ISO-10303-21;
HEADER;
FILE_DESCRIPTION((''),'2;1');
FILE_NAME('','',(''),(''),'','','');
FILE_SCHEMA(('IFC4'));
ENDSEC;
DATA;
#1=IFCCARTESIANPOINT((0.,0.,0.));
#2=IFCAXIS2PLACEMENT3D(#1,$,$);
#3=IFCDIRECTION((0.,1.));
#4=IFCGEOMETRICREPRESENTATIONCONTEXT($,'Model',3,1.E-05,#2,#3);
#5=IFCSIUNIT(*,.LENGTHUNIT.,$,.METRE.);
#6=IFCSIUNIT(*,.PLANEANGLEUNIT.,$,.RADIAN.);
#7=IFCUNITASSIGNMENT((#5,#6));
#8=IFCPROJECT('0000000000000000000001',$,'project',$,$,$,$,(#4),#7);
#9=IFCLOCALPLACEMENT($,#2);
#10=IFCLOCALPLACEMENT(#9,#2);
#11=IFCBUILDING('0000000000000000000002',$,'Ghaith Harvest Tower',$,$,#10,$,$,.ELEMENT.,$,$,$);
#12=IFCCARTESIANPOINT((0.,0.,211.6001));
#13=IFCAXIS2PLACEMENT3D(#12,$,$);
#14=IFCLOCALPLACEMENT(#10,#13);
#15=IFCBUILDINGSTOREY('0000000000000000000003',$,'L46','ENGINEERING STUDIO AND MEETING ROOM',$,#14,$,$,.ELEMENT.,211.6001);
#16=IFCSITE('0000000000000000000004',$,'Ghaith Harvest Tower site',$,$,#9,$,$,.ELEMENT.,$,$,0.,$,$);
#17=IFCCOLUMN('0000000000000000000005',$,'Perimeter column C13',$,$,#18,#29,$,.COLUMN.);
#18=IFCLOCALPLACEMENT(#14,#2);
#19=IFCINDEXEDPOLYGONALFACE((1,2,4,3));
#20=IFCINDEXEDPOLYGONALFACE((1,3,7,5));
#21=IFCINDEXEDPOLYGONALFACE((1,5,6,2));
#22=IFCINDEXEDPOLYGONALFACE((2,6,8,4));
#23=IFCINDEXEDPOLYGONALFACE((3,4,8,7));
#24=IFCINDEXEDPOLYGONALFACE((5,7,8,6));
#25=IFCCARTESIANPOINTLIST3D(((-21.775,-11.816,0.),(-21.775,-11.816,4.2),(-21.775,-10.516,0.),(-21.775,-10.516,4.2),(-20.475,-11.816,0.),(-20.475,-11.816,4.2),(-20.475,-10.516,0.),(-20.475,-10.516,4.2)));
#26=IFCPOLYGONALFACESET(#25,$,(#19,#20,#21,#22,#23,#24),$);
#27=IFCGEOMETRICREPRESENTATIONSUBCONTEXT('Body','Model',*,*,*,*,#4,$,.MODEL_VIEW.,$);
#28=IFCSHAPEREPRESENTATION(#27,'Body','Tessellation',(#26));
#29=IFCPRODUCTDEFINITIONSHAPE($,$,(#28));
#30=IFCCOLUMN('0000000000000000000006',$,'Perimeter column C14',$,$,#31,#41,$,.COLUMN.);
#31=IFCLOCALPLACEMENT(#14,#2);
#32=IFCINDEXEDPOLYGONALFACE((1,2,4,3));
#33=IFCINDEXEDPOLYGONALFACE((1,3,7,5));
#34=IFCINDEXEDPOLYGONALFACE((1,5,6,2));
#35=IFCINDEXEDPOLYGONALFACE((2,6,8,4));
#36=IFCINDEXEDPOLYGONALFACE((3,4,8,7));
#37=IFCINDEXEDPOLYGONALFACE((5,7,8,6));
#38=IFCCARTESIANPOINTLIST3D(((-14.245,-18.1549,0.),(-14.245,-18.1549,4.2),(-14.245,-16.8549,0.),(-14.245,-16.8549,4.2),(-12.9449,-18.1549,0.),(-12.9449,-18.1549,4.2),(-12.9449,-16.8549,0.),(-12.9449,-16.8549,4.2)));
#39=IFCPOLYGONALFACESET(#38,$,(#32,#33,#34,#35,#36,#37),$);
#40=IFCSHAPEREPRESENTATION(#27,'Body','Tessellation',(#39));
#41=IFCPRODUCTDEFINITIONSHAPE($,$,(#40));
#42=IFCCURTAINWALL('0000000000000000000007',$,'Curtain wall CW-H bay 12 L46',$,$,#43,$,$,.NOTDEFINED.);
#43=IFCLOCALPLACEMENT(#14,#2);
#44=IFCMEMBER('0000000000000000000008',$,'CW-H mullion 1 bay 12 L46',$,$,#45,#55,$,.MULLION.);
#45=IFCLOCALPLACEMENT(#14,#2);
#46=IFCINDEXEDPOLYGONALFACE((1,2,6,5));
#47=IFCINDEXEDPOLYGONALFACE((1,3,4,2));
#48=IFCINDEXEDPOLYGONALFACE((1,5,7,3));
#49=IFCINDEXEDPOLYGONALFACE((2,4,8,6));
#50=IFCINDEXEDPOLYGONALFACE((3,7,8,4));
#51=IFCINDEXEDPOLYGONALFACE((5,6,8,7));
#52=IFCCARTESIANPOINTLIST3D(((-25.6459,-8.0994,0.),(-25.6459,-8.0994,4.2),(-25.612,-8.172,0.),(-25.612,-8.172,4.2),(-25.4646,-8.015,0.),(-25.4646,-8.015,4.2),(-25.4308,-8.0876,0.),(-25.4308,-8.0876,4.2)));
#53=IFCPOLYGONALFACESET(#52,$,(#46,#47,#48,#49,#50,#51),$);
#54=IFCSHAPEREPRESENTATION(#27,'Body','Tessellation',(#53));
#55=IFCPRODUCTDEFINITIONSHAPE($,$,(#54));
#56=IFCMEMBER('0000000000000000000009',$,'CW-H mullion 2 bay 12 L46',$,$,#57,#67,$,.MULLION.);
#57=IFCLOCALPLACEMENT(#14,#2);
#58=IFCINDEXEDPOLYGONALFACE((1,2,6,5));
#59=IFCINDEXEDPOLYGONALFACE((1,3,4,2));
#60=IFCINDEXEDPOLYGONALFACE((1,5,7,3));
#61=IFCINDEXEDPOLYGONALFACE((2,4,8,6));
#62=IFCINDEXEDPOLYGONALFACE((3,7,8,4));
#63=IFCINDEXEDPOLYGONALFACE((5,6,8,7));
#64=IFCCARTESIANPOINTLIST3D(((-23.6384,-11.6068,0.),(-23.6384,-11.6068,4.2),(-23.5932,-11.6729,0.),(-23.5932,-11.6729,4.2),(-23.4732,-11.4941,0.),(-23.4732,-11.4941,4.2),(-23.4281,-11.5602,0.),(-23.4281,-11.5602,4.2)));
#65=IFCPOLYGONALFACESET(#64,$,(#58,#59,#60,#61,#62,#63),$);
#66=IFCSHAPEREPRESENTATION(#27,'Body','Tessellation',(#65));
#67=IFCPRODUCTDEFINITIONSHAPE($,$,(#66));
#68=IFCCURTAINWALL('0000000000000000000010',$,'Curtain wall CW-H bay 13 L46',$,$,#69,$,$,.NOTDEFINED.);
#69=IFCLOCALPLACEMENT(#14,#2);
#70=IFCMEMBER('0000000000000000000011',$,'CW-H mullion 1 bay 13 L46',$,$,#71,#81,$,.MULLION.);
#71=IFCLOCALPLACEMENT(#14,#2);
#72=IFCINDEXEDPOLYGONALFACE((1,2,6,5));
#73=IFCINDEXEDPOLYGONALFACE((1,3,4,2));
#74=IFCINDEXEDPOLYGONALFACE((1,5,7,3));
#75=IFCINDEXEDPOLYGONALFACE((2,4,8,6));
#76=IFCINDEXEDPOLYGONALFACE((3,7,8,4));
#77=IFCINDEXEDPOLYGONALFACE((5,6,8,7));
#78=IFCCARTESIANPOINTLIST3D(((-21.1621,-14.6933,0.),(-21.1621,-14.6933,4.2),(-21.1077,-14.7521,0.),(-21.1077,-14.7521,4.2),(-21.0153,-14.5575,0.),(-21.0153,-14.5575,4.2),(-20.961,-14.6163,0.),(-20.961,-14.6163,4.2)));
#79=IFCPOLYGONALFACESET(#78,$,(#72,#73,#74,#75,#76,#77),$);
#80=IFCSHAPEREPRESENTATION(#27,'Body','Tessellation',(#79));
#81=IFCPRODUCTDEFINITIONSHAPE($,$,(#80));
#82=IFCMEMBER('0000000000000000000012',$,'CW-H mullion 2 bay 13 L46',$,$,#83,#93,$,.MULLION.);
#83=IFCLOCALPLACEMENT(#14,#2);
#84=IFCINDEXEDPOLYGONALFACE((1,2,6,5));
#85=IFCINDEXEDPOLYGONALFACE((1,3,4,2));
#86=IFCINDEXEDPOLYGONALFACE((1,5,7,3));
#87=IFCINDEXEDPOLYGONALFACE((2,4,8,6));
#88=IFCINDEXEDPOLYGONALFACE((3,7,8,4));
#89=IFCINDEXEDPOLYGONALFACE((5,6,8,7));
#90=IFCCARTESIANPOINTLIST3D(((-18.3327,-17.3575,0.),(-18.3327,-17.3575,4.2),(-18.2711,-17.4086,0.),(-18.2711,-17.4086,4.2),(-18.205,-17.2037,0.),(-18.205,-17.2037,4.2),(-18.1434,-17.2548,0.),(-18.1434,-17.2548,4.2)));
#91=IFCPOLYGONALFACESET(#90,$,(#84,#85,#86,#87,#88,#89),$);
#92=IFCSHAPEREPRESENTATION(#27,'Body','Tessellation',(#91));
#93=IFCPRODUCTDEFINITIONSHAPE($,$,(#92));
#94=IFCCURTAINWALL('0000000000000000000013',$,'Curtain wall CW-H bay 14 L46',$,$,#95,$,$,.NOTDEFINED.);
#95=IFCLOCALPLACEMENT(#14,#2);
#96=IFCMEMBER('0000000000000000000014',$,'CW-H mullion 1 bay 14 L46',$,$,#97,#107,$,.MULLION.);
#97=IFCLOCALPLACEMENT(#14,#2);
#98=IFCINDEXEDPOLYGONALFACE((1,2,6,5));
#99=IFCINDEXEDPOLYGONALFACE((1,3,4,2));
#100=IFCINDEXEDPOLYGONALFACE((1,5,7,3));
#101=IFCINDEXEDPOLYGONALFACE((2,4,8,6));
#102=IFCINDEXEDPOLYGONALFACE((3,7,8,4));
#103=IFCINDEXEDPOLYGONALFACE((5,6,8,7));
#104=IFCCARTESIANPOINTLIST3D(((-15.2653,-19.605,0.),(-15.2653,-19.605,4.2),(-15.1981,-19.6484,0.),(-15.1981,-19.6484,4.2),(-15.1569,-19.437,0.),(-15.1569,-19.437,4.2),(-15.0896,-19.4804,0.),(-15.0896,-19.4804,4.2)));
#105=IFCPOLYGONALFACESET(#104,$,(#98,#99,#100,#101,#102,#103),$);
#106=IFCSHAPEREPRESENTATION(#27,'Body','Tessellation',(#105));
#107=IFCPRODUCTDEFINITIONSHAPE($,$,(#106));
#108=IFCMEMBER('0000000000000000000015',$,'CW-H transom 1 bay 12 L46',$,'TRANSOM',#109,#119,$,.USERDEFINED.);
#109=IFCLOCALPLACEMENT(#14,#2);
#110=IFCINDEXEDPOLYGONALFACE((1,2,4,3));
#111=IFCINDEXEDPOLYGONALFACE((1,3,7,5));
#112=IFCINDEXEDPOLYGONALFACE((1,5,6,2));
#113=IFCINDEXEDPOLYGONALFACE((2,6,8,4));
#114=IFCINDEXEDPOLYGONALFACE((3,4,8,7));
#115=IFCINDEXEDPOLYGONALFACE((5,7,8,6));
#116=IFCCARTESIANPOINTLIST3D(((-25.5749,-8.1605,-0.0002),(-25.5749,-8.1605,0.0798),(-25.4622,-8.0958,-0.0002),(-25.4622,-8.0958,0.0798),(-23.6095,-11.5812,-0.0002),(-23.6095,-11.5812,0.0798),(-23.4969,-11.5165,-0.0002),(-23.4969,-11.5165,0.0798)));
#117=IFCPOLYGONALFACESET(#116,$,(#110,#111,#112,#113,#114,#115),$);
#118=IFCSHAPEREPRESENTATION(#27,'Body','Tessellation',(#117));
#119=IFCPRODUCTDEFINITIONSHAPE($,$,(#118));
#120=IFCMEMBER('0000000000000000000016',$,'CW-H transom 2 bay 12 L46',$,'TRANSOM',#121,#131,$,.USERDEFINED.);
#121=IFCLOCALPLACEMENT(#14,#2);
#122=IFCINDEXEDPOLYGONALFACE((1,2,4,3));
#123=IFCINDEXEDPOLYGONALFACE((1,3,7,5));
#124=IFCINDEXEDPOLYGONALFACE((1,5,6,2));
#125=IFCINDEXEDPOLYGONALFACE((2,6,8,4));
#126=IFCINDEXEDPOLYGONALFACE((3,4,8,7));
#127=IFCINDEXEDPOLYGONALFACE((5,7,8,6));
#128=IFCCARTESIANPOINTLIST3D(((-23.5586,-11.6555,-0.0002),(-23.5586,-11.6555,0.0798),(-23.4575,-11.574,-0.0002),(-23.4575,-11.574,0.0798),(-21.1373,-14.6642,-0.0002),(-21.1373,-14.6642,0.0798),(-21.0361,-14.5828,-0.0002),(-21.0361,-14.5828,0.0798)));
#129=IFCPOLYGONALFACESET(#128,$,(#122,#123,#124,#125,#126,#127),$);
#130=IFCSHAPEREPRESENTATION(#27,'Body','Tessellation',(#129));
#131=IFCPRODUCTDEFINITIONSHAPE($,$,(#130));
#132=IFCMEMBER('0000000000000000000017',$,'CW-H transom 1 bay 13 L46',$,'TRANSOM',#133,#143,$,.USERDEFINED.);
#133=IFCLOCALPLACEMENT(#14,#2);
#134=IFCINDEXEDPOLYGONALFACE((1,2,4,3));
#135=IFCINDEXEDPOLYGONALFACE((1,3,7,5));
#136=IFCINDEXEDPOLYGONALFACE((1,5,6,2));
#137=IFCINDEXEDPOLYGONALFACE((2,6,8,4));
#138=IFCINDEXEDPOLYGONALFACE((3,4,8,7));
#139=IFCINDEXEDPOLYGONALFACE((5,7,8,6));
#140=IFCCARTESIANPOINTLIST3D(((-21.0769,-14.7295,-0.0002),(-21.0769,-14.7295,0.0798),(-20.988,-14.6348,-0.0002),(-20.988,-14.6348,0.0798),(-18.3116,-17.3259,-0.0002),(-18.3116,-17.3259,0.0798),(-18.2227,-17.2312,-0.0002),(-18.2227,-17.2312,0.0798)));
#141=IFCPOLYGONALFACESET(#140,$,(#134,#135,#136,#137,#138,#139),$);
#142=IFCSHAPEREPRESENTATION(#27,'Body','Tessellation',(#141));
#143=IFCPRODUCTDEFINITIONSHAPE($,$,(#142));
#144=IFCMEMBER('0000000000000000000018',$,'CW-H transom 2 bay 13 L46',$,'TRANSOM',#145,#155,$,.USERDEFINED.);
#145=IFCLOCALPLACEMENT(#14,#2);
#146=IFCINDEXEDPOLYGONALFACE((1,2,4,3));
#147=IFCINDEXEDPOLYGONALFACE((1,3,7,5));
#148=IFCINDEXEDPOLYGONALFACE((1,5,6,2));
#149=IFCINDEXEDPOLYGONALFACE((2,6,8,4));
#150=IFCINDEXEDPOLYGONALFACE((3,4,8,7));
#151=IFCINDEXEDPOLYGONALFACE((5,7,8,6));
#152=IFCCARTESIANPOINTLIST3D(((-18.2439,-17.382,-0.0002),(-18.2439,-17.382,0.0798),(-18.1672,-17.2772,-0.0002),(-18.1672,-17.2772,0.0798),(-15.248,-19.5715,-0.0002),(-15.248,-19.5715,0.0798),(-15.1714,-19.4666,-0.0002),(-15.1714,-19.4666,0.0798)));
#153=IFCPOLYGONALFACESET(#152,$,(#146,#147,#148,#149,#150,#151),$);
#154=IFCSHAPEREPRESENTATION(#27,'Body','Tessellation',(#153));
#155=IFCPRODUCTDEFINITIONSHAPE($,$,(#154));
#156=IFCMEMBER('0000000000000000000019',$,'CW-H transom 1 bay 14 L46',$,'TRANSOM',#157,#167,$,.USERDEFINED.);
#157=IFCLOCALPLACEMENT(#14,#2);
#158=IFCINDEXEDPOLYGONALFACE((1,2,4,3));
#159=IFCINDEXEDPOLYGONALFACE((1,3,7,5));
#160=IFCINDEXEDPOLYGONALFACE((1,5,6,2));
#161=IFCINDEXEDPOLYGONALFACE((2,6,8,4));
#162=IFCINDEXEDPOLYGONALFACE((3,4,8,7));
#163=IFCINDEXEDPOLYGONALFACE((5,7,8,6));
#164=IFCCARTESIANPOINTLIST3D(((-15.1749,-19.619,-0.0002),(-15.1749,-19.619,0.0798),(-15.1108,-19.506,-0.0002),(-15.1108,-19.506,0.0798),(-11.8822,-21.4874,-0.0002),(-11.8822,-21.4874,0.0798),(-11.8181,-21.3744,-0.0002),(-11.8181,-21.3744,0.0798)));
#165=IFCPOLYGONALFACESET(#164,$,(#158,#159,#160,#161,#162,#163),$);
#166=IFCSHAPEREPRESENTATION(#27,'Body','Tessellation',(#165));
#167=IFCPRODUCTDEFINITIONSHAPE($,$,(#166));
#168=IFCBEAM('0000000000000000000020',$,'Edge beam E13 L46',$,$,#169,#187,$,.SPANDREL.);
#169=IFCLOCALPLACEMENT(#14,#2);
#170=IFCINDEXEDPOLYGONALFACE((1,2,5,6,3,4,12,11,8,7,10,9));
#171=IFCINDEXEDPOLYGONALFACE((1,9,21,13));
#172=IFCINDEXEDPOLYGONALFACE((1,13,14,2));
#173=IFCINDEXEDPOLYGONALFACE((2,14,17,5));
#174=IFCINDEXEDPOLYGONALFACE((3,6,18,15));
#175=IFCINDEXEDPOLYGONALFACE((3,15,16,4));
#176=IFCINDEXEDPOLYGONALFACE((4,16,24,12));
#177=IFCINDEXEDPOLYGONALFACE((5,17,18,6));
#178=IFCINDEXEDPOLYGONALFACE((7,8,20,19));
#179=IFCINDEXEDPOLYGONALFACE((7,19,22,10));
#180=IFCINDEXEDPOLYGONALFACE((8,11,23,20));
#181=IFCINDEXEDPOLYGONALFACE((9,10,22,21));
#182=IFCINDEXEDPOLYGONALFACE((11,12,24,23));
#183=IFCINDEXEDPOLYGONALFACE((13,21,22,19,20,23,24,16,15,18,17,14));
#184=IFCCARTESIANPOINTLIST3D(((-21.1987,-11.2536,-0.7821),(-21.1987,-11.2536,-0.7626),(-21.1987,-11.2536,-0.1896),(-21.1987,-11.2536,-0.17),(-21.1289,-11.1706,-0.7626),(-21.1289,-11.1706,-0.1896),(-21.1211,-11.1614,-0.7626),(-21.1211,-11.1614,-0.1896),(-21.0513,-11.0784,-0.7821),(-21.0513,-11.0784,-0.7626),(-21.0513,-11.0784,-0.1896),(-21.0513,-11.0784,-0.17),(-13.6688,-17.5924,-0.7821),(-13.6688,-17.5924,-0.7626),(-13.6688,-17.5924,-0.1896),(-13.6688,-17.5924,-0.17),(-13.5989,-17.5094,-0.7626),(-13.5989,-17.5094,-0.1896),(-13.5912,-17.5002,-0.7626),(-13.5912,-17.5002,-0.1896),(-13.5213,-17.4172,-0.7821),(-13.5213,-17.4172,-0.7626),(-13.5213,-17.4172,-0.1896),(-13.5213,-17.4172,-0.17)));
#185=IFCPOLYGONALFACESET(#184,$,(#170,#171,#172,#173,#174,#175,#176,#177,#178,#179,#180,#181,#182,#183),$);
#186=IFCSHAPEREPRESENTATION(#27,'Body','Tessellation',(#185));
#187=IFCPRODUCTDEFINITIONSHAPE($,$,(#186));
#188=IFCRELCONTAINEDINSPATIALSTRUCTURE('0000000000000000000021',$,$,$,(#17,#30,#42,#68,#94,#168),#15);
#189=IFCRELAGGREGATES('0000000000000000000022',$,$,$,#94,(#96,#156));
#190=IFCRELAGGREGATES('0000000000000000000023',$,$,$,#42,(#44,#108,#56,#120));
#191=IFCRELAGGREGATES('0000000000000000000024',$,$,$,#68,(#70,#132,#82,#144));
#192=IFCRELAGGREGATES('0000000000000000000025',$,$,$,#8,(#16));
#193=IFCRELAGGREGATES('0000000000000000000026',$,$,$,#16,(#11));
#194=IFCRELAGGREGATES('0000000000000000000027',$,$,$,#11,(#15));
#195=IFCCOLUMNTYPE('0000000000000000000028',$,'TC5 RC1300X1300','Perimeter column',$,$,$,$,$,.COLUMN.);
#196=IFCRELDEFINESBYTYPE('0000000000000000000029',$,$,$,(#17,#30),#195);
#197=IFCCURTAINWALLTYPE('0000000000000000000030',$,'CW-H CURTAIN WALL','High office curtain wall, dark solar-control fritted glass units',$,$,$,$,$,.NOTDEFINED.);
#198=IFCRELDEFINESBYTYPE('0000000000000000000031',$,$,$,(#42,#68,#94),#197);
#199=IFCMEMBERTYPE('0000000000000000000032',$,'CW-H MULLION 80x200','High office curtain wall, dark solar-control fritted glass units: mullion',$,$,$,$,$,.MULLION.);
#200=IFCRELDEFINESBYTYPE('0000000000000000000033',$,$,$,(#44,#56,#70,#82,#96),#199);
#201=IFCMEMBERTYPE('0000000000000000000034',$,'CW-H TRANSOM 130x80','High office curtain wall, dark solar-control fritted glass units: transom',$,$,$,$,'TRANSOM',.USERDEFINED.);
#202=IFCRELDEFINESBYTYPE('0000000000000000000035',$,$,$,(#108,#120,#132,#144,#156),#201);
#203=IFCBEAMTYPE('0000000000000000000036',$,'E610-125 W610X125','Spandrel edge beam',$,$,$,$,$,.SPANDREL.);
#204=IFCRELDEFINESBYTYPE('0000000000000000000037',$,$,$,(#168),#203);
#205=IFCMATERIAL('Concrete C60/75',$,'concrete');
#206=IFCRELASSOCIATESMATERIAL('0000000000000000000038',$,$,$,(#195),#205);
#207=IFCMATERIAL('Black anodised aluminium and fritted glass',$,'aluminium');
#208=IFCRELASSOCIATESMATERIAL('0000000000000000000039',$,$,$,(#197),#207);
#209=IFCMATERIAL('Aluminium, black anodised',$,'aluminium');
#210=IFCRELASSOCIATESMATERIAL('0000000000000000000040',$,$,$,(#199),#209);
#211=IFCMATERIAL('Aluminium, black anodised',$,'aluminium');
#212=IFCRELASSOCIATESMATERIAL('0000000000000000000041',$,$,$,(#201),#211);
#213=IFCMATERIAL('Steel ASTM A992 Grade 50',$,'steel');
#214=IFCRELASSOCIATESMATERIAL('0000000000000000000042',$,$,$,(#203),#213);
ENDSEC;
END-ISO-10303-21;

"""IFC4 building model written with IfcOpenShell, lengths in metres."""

from ifc_helpers import new_model, si_unit, direction, frame, origin, origin_2d, place, context, subcontext, project, spatial, rectangle, i_section, extrude, material, material_profile, profile_set, type_object, element, aggregate, save


model = new_model("IFC4")

# Units and contexts
model_context = context("Model", 3, precision=1e-05, world=origin(), true_north=direction((0.0, 1.0)))
body_context = subcontext(model_context, "Body", "Model", "MODEL_VIEW")
ifc_project = project(units=[si_unit("LENGTHUNIT", "METRE"), si_unit("PLANEANGLEUNIT", "RADIAN")], contexts=[model_context])

# Site, building, storey
site_placement = place(None, origin())
site = spatial("IfcSite", under=ifc_project, at=site_placement, Name="Ghaith Harvest Tower site", CompositionType="ELEMENT", RefElevation=0.0)
building_placement = place(site_placement, origin())
building = spatial("IfcBuilding", under=site, at=building_placement, Name="Ghaith Harvest Tower", CompositionType="ELEMENT")
storey_placement = place(building_placement, frame((0.0, 0.0, 211.6001)))
storey = spatial("IfcBuildingStorey", under=building, at=storey_placement, Name="L46", Description="ENGINEERING STUDIO AND MEETING ROOM", CompositionType="ELEMENT", Elevation=211.6001)

# Columns
ifc_material_1 = material(Name="Concrete C60/75", Category="concrete")
ifc_material_profile_1 = material_profile(ifc_material_1, rectangle(XDim=1.3, YDim=1.3, at=origin_2d()), Name="RC1300X1300")
ifc_profile_set_1 = profile_set([ifc_material_profile_1], Name="Concrete C60/75")
column_type = type_object("IfcColumnType", Name="TC5 RC1300X1300", Description="Perimeter column", PredefinedType="COLUMN", material=ifc_profile_set_1)
for number, where, z_axis, x_axis, name in (
    (1, (-21.125, -11.166, 0.0), (0.0, 0.0, 1.0), (1.0, 0.0, 0.0), "Perimeter column C13"),
    (2, (-13.595, -17.5049, 0.0), (0.0, 0.0, 1.0), (1.0, 0.0, 0.0), "Perimeter column C14"),
):
    element("IfcColumn", number, at=place(storey_placement, frame(where, z_axis=z_axis, x_axis=x_axis)), inside=storey, type_object=column_type, Name=name, PredefinedType="COLUMN", context=body_context, shape_type="SweptSolid", body=[
        extrude(rectangle(XDim=1.3, YDim=1.3, at=origin_2d()), origin(), (0.0, 0.0, 1.0), 4.2),
    ])

# Curtain walls, members
ifc_material_2 = material(Name="Black anodised aluminium and fritted glass", Category="aluminium")
curtain_wall_type = type_object("IfcCurtainWallType", Name="CW-H CURTAIN WALL", Description="High office curtain wall, dark solar-control fritted glass units", PredefinedType="NOTDEFINED", material=ifc_material_2)
curtain_wall_1_placement = place(storey_placement, origin())
curtain_wall_1 = element("IfcCurtainWall", 3, at=curtain_wall_1_placement, inside=storey, type_object=curtain_wall_type, Name="Curtain wall CW-H bay 12 L46", PredefinedType="NOTDEFINED")
ifc_material_3 = material(Name="Aluminium, black anodised", Category="aluminium")
ifc_material_profile_2 = material_profile(ifc_material_3, rectangle(XDim=0.0801, YDim=0.2, at=origin_2d()), Name="CW-H MULLION 80x200")
ifc_profile_set_2 = profile_set([ifc_material_profile_2], Name="Aluminium, black anodised")
member_type_1 = type_object("IfcMemberType", Name="CW-H MULLION 80x200", Description="High office curtain wall, dark solar-control fritted glass units: mullion", PredefinedType="MULLION", material=ifc_profile_set_2)
member_1_placement = place(storey_placement, frame((-25.5383, -8.0935, 0.0), z_axis=(0.0, 0.0, 1.0), x_axis=(0.422309, -0.906452, 0.0)))
member_1 = element("IfcMember", 4, at=member_1_placement, type_object=member_type_1, Name="CW-H mullion 1 bay 12 L46", PredefinedType="MULLION", context=body_context, shape_type="SweptSolid", body=[
    extrude(rectangle(XDim=0.0801, YDim=0.2, at=origin_2d()), origin(), (0.0, 0.0, 1.0), 4.2),
])
member_2_placement = place(storey_placement, frame((-23.5332, -11.5835, 0.0), z_axis=(0.0, 0.0, 1.0), x_axis=(0.563617, -0.826037, 0.0)))
member_2 = element("IfcMember", 5, at=member_2_placement, type_object=member_type_1, Name="CW-H mullion 2 bay 12 L46", PredefinedType="MULLION", context=body_context, shape_type="SweptSolid", body=[
    extrude(rectangle(XDim=0.0801, YDim=0.2, at=origin_2d()), origin(), (0.0, 0.0, 1.0), 4.2),
])
curtain_wall_2_placement = place(storey_placement, origin())
curtain_wall_2 = element("IfcCurtainWall", 6, at=curtain_wall_2_placement, inside=storey, type_object=curtain_wall_type, Name="Curtain wall CW-H bay 13 L46", PredefinedType="NOTDEFINED")
member_3_placement = place(storey_placement, frame((-21.0615, -14.6548, 0.0), z_axis=(0.0, 0.0, 1.0), x_axis=(0.679182, -0.73397, 0.0)))
member_3 = element("IfcMember", 7, at=member_3_placement, type_object=member_type_1, Name="CW-H mullion 1 bay 13 L46", PredefinedType="MULLION", context=body_context, shape_type="SweptSolid", body=[
    extrude(rectangle(XDim=0.0801, YDim=0.2, at=origin_2d()), origin(), (0.0, 0.0, 1.0), 4.2),
])
member_4_placement = place(storey_placement, frame((-18.238, -17.3062, 0.0), z_axis=(0.0, 0.0, 1.0), x_axis=(0.769217, -0.638988, 0.0)))
member_4 = element("IfcMember", 8, at=member_4_placement, type_object=member_type_1, Name="CW-H mullion 2 bay 13 L46", PredefinedType="MULLION", context=body_context, shape_type="SweptSolid", body=[
    extrude(rectangle(XDim=0.0801, YDim=0.2, at=origin_2d()), origin(), (0.0, 0.0, 1.0), 4.2),
])

# Curtain wall, member
curtain_wall_3_placement = place(storey_placement, origin())
curtain_wall_3 = element("IfcCurtainWall", 9, at=curtain_wall_3_placement, inside=storey, type_object=curtain_wall_type, Name="Curtain wall CW-H bay 14 L46", PredefinedType="NOTDEFINED")
member_5_placement = place(storey_placement, frame((-15.1775, -19.5427, 0.0), z_axis=(0.0, 0.0, 1.0), x_axis=(0.840234, -0.542225, 0.0)))
member_5 = element("IfcMember", 10, at=member_5_placement, type_object=member_type_1, Name="CW-H mullion 1 bay 14 L46", PredefinedType="MULLION", context=body_context, shape_type="SweptSolid", body=[
    extrude(rectangle(XDim=0.0801, YDim=0.2, at=origin_2d()), origin(), (0.0, 0.0, 1.0), 4.2),
])

# Members
ifc_material_4 = material(Name="Aluminium, black anodised", Category="aluminium")
ifc_material_profile_3 = material_profile(ifc_material_4, rectangle(XDim=0.1299, YDim=0.0801, at=origin_2d()), Name="CW-H TRANSOM 130x80")
ifc_profile_set_3 = profile_set([ifc_material_profile_3], Name="Aluminium, black anodised")
member_type_2 = type_object("IfcMemberType", Name="CW-H TRANSOM 130x80", Description="High office curtain wall, dark solar-control fritted glass units: transom", ElementType="TRANSOM", PredefinedType="USERDEFINED", material=ifc_profile_set_3)
member_6_placement = place(storey_placement, frame((-25.5186, -8.1282, 0.0398), z_axis=(0.498177, -0.867075, 0.0), x_axis=(0.867075, 0.498177, 0.0)))
member_6 = element("IfcMember", 11, at=member_6_placement, type_object=member_type_2, Name="CW-H transom 1 bay 12 L46", ObjectType="TRANSOM", PredefinedType="USERDEFINED", context=body_context, shape_type="SweptSolid", body=[
    extrude(rectangle(XDim=0.1299, YDim=0.0801, at=origin_2d()), origin(), (0.0, 0.0, 1.0), 3.9451),
])
member_7_placement = place(storey_placement, frame((-23.5081, -11.6147, 0.0398), z_axis=(0.626959, -0.779052, 0.0), x_axis=(0.779052, 0.626959, 0.0)))
member_7 = element("IfcMember", 12, at=member_7_placement, type_object=member_type_2, Name="CW-H transom 2 bay 12 L46", ObjectType="TRANSOM", PredefinedType="USERDEFINED", context=body_context, shape_type="SweptSolid", body=[
    extrude(rectangle(XDim=0.1299, YDim=0.0801, at=origin_2d()), origin(), (0.0, 0.0, 1.0), 3.8621),
])
member_8_placement = place(storey_placement, frame((-21.0325, -14.6821, 0.0398), z_axis=(0.729025, -0.684487, 0.0), x_axis=(0.684487, 0.729025, 0.0)))
member_8 = element("IfcMember", 13, at=member_8_placement, type_object=member_type_2, Name="CW-H transom 1 bay 13 L46", ObjectType="TRANSOM", PredefinedType="USERDEFINED", context=body_context, shape_type="SweptSolid", body=[
    extrude(rectangle(XDim=0.1299, YDim=0.0801, at=origin_2d()), origin(), (0.0, 0.0, 1.0), 3.7932),
])
member_9_placement = place(storey_placement, frame((-18.2056, -17.3296, 0.0398), z_axis=(0.807368, -0.590048, 0.0), x_axis=(0.590048, 0.807368, 0.0)))
member_9 = element("IfcMember", 14, at=member_9_placement, type_object=member_type_2, Name="CW-H transom 2 bay 13 L46", ObjectType="TRANSOM", PredefinedType="USERDEFINED", context=body_context, shape_type="SweptSolid", body=[
    extrude(rectangle(XDim=0.1299, YDim=0.0801, at=origin_2d()), origin(), (0.0, 0.0, 1.0), 3.7107),
])
member_10_placement = place(storey_placement, frame((-15.1428, -19.5625, 0.0398), z_axis=(0.869735, -0.493519, 0.0), x_axis=(0.493519, 0.869735, 0.0)))
member_10 = element("IfcMember", 15, at=member_10_placement, type_object=member_type_2, Name="CW-H transom 1 bay 14 L46", ObjectType="TRANSOM", PredefinedType="USERDEFINED", context=body_context, shape_type="SweptSolid", body=[
    extrude(rectangle(XDim=0.1299, YDim=0.0801, at=origin_2d()), origin(), (0.0, 0.0, 1.0), 3.7859),
])
aggregate(curtain_wall_3, [member_5, member_10])

# Beam
ifc_material_5 = material(Name="Steel ASTM A992 Grade 50", Category="steel")
ifc_material_profile_4 = material_profile(ifc_material_5, i_section(OverallWidth=0.229, OverallDepth=0.6121, WebThickness=0.012, FlangeThickness=0.0195, at=origin_2d()), Name="W610X125")
ifc_profile_set_4 = profile_set([ifc_material_profile_4], Name="Steel ASTM A992 Grade 50")
beam_type = type_object("IfcBeamType", Name="E610-125 W610X125", Description="Spandrel edge beam", PredefinedType="SPANDREL", material=ifc_profile_set_4)
beam_1_placement = place(storey_placement, frame((-21.125, -11.166, -0.4761), z_axis=(0.765022, -0.644004, 0.0), x_axis=(0.644004, 0.765022, 0.0)))
element("IfcBeam", 16, at=beam_1_placement, inside=storey, type_object=beam_type, Name="Edge beam E13 L46", PredefinedType="SPANDREL", context=body_context, shape_type="SweptSolid", body=[
    extrude(i_section(OverallWidth=0.229, OverallDepth=0.6121, WebThickness=0.012, FlangeThickness=0.0195, at=origin_2d()), origin(), (0.0, 0.0, 1.0), 9.8428),
])

aggregate(curtain_wall_1, [member_1, member_6, member_2, member_7])
aggregate(curtain_wall_2, [member_3, member_8, member_4, member_9])

save(model, "model.ifc")
